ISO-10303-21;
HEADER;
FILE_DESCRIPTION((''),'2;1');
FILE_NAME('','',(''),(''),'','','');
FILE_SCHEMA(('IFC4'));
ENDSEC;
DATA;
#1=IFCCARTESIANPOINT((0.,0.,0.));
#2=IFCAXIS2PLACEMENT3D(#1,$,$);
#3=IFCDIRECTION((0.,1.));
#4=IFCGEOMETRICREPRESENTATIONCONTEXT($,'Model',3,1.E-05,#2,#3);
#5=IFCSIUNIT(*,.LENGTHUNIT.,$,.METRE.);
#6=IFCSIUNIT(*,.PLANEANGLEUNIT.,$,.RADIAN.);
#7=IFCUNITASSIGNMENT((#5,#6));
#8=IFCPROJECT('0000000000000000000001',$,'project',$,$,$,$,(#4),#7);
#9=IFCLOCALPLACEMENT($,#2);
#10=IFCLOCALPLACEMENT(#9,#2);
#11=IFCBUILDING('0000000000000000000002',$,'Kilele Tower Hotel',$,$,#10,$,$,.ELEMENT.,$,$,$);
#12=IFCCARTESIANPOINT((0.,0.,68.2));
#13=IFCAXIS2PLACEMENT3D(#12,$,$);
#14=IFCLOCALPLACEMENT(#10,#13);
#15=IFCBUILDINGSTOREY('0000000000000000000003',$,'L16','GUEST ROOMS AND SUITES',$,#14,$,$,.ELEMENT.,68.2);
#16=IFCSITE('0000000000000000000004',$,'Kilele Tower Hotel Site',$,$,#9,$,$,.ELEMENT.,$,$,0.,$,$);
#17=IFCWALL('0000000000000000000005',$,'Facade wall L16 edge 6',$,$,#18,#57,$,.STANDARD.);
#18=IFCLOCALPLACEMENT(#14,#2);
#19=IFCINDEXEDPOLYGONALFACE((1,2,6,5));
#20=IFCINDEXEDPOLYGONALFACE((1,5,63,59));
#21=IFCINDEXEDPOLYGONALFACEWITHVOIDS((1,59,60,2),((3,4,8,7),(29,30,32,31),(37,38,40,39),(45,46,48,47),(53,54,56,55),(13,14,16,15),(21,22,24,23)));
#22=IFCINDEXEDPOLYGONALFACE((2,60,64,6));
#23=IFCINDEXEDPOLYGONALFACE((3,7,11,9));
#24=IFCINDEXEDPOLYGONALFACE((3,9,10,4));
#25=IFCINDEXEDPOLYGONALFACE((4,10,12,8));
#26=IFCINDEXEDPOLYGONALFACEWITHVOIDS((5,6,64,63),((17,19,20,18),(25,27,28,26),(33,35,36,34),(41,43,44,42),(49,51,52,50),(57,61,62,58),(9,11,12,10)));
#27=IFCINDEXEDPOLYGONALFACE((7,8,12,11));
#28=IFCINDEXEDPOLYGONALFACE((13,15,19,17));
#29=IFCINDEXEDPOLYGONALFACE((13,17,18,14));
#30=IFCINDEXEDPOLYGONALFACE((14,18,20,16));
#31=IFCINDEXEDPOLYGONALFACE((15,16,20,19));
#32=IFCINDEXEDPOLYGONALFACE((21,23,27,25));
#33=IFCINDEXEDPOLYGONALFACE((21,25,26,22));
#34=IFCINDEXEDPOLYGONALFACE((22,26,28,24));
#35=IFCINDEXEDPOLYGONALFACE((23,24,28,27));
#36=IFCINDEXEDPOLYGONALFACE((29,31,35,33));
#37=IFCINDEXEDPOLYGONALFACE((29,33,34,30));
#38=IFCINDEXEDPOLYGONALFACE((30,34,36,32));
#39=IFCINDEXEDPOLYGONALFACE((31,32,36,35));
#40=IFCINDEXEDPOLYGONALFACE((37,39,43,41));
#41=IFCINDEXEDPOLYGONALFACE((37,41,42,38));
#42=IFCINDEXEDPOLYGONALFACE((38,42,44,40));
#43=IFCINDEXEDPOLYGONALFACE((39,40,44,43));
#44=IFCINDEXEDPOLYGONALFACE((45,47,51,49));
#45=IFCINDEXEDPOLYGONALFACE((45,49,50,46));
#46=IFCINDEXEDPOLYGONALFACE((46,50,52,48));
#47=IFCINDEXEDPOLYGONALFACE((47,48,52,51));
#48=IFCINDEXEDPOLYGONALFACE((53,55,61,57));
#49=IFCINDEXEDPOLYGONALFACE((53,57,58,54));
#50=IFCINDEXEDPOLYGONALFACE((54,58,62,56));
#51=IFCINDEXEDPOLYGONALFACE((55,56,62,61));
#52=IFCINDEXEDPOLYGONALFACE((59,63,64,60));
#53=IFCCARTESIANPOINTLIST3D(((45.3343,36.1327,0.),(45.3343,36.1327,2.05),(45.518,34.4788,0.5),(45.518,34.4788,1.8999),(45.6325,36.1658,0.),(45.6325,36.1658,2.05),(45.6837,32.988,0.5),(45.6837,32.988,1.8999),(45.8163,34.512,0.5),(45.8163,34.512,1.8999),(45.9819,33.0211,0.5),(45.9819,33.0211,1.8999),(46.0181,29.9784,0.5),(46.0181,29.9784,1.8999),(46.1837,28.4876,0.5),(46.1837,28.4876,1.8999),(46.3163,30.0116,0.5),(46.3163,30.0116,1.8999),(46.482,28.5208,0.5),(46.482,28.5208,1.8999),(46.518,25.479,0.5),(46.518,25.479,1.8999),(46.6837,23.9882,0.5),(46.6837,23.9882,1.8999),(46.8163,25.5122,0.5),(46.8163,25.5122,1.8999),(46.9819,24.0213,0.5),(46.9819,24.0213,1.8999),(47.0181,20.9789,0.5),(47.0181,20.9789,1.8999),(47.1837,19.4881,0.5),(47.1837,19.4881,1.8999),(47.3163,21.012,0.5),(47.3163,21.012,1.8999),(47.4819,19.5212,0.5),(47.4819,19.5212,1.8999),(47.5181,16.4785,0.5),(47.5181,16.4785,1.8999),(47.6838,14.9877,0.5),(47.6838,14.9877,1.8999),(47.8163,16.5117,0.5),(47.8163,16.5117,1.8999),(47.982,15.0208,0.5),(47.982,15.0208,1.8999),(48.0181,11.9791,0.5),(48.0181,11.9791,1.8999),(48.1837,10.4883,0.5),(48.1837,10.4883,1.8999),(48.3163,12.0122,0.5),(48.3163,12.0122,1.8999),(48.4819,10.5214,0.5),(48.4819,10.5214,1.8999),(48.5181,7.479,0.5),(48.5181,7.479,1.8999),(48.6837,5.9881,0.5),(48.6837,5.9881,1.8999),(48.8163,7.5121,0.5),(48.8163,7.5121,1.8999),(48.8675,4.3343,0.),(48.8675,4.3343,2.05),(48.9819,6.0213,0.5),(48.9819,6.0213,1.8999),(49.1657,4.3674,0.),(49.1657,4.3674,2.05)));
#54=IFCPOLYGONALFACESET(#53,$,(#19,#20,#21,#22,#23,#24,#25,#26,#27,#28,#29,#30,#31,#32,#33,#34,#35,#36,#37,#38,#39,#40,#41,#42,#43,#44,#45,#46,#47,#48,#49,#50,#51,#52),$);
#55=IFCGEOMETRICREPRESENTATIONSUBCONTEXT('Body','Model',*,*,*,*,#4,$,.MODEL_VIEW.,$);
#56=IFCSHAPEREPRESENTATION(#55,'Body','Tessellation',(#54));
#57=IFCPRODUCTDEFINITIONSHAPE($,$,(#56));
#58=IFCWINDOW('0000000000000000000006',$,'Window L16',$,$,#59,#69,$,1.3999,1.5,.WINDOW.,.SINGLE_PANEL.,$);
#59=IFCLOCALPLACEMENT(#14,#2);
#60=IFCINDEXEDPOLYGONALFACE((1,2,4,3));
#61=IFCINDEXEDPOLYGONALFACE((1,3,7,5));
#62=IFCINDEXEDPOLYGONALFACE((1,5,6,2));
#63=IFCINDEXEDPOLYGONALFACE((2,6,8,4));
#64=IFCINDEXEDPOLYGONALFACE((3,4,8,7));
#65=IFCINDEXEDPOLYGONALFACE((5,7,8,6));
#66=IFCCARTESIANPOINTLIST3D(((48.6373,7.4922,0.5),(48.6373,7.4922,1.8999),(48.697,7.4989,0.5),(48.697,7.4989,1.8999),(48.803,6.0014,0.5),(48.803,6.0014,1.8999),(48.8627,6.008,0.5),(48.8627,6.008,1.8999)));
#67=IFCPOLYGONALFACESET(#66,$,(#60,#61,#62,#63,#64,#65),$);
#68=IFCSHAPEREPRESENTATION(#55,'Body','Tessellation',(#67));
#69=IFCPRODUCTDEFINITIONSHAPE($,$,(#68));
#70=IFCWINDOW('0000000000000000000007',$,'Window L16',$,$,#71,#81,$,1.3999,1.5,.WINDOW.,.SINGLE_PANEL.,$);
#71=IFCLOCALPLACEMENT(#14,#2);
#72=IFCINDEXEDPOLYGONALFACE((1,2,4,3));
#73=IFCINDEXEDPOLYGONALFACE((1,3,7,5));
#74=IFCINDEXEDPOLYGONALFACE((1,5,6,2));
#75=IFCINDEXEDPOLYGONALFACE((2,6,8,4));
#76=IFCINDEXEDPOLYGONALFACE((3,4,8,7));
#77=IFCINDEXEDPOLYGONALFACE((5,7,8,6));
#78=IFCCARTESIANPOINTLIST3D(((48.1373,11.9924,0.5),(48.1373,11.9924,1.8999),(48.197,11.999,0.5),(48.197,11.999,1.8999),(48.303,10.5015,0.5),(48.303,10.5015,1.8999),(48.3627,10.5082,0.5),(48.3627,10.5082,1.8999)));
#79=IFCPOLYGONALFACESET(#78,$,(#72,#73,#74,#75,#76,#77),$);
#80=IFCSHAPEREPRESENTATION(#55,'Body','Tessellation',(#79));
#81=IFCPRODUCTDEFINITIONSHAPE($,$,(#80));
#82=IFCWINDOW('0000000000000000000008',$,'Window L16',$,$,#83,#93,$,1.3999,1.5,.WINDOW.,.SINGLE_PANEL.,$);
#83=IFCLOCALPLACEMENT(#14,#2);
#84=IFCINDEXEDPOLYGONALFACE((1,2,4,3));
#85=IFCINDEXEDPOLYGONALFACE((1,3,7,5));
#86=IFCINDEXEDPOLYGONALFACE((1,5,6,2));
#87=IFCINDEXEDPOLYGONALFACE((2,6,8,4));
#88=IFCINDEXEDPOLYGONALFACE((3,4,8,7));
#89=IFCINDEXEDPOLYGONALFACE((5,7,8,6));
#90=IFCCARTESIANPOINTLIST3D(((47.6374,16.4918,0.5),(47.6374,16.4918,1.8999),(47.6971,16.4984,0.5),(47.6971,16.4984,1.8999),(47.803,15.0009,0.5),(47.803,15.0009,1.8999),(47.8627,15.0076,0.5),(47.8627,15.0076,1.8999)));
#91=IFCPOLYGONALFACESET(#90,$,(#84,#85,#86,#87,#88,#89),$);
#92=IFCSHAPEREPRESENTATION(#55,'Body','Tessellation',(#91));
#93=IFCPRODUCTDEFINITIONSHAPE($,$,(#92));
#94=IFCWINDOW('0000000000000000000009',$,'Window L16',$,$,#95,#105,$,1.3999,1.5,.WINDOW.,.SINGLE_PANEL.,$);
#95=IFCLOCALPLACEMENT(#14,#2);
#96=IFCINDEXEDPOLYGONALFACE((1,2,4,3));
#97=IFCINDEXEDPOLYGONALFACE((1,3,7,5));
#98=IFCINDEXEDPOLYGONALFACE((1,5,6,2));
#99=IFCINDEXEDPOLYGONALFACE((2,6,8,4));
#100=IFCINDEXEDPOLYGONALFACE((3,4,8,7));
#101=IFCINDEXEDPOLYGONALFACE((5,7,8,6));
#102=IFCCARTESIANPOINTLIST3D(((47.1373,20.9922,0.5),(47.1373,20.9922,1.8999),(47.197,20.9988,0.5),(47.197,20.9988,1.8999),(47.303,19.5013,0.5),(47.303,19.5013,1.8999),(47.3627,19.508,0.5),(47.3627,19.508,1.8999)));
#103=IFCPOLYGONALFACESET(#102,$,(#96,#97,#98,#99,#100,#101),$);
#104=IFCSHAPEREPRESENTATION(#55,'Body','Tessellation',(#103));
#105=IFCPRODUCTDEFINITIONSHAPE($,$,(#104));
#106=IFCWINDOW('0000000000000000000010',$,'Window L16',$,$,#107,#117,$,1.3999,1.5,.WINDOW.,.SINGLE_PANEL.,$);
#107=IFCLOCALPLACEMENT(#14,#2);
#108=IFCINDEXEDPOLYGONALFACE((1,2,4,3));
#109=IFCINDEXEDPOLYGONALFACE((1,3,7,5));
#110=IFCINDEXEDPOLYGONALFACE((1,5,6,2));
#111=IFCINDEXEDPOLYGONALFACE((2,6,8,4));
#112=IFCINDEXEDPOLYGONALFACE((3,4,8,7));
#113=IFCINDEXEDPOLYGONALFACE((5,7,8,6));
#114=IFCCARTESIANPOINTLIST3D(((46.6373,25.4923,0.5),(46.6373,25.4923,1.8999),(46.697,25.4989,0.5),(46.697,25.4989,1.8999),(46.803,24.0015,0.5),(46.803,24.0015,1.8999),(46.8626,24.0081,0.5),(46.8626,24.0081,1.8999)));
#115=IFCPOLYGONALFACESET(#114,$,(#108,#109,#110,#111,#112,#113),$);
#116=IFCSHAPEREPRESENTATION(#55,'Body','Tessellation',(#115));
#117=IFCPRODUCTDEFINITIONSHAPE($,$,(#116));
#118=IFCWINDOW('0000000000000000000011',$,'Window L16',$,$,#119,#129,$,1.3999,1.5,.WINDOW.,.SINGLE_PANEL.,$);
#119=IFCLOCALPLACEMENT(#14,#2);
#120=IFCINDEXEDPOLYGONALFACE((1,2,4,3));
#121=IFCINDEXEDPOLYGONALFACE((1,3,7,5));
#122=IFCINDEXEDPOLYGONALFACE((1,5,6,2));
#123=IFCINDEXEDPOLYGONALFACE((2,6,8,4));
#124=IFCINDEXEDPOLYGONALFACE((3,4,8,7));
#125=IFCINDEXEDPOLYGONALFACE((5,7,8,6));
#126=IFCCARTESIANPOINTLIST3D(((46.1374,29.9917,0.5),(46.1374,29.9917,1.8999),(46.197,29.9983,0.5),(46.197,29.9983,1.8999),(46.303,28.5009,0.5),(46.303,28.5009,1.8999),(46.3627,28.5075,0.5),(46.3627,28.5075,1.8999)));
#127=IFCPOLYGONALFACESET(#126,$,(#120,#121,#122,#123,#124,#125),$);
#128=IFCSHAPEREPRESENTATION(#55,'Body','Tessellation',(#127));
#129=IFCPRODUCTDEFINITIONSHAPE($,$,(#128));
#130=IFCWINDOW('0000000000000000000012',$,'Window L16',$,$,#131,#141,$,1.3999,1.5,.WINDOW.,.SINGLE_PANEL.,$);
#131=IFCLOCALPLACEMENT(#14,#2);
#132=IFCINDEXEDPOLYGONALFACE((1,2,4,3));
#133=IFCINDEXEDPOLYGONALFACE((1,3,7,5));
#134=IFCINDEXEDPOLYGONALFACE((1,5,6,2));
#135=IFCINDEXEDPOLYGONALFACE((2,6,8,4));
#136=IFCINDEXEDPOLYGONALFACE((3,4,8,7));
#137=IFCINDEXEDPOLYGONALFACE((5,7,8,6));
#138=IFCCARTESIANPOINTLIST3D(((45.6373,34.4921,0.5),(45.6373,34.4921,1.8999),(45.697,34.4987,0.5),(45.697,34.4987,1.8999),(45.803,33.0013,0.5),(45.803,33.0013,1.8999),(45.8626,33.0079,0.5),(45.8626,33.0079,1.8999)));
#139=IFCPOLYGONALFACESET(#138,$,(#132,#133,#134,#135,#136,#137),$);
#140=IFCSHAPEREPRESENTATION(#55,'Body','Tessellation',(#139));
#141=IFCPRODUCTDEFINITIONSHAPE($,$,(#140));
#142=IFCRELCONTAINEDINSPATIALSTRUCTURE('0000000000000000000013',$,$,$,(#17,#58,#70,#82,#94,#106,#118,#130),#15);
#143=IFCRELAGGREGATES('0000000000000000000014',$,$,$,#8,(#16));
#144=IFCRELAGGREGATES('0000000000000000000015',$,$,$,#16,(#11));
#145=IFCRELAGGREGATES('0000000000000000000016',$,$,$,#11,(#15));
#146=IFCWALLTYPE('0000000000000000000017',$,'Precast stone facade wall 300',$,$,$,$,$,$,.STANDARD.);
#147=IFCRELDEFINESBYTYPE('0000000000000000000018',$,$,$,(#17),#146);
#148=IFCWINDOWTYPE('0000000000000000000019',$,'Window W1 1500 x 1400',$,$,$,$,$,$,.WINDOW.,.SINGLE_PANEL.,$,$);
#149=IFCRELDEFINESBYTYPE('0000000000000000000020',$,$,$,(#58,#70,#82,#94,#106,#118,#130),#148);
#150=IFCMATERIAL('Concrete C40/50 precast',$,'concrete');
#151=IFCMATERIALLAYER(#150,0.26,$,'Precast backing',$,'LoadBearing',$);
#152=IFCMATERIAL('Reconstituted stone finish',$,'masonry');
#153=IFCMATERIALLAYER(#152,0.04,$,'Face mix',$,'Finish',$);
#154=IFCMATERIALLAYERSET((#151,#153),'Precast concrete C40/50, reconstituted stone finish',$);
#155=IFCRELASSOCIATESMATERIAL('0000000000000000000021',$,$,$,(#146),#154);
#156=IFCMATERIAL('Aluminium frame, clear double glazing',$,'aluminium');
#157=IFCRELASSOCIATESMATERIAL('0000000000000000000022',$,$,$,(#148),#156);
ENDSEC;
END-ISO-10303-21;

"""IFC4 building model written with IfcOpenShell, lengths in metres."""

from ifc_helpers import new_model, si_unit, direction, frame, frame_2d, origin, place, context, subcontext, project, spatial, rectangle, extrude, material, layer, layer_set, type_object, element, fill, save


model = new_model("IFC4")

# Units and contexts
model_context = context("Model", 3, precision=1e-05, world=origin(), true_north=direction((0.0, 1.0)))
body_context = subcontext(model_context, "Body", "Model", "MODEL_VIEW")
ifc_project = project(units=[si_unit("LENGTHUNIT", "METRE"), si_unit("PLANEANGLEUNIT", "RADIAN")], contexts=[model_context])

# Site, building, storey
site_placement = place(None, origin())
site = spatial("IfcSite", under=ifc_project, at=site_placement, Name="Kilele Tower Hotel Site", CompositionType="ELEMENT", RefElevation=0.0)
building_placement = place(site_placement, origin())
building = spatial("IfcBuilding", under=site, at=building_placement, Name="Kilele Tower Hotel", CompositionType="ELEMENT")
storey_placement = place(building_placement, frame((0.0, 0.0, 68.2)))
storey = spatial("IfcBuildingStorey", under=building, at=storey_placement, Name="L16", Description="GUEST ROOMS AND SUITES", CompositionType="ELEMENT", Elevation=68.2)

# Shared definitions
ifc_material_1 = material(Name="Concrete C40/50 precast", Category="concrete")
ifc_layer_1 = layer(ifc_material_1, 0.26, Name="Precast backing", Category="LoadBearing")
ifc_material_2 = material(Name="Reconstituted stone finish", Category="masonry")
ifc_layer_2 = layer(ifc_material_2, 0.04, Name="Face mix", Category="Finish")
ifc_layer_set_1 = layer_set([ifc_layer_1, ifc_layer_2], Name="Precast concrete C40/50, reconstituted stone finish")
wall_type_1 = type_object("IfcWallType", Name="Precast stone facade wall 300", PredefinedType="STANDARD", material=ifc_layer_set_1)
ifc_material_3 = material(Name="Aluminium frame, clear double glazing", Category="aluminium")
window_type = type_object("IfcWindowType", Name="Window W1 1500 x 1400", PartitioningType="SINGLE_PANEL", PredefinedType="WINDOW", material=ifc_material_3)

# Wall, openings, windows
wall_1_placement = place(storey_placement, frame((49.0166, 4.3508, 0.0), z_axis=(0.0, 0.0, 1.0), x_axis=(-0.110433, 0.993884, 0.0)))
wall_1 = element("IfcWall", 1, at=wall_1_placement, inside=storey, type_object=wall_type_1, Name="Facade wall L16 edge 6", PredefinedType="STANDARD", context=body_context, shape_type="SweptSolid", body=[
    extrude(rectangle(XDim=31.9941, YDim=0.3, at=frame_2d((15.9971, 0.0))), origin(), (0.0, 0.0, 1.0), 2.05),
])
opening_1_placement = place(wall_1_placement, frame((1.6641, 0.0, 0.5)))
opening_1 = element("IfcOpeningElement", 2, at=opening_1_placement, cuts=wall_1, PredefinedType="OPENING", context=body_context, shape_type="SweptSolid", body=[
    extrude(rectangle(XDim=1.5, YDim=1.3999, at=frame_2d((0.75, 0.7))), frame((0.0, 0.1599, 0.0), z_axis=(0.0, -1.0, 0.0), x_axis=(1.0, 0.0, 0.0)), (0.0, 0.0, 1.0), 0.3201),
])
opening_2_placement = place(wall_1_placement, frame((6.1919, 0.0, 0.5)))
opening_2 = element("IfcOpeningElement", 3, at=opening_2_placement, cuts=wall_1, PredefinedType="OPENING", context=body_context, shape_type="SweptSolid", body=[
    extrude(rectangle(XDim=1.5, YDim=1.3999, at=frame_2d((0.75, 0.7))), frame((0.0, 0.1599, 0.0), z_axis=(0.0, -1.0, 0.0), x_axis=(1.0, 0.0, 0.0)), (0.0, 0.0, 1.0), 0.3201),
])
opening_3_placement = place(wall_1_placement, frame((10.719, 0.0, 0.5)))
opening_3 = element("IfcOpeningElement", 4, at=opening_3_placement, cuts=wall_1, PredefinedType="OPENING", context=body_context, shape_type="SweptSolid", body=[
    extrude(rectangle(XDim=1.5, YDim=1.3999, at=frame_2d((0.75, 0.7))), frame((0.0, 0.1599, 0.0), z_axis=(0.0, -1.0, 0.0), x_axis=(1.0, 0.0, 0.0)), (0.0, 0.0, 1.0), 0.3201),
])
opening_4_placement = place(wall_1_placement, frame((15.2471, 0.0, 0.5)))
opening_4 = element("IfcOpeningElement", 5, at=opening_4_placement, cuts=wall_1, PredefinedType="OPENING", context=body_context, shape_type="SweptSolid", body=[
    extrude(rectangle(XDim=1.5, YDim=1.3999, at=frame_2d((0.75, 0.7))), frame((0.0, 0.1599, 0.0), z_axis=(0.0, -1.0, 0.0), x_axis=(1.0, 0.0, 0.0)), (0.0, 0.0, 1.0), 0.3201),
])
opening_5_placement = place(wall_1_placement, frame((19.7749, 0.0, 0.5)))
opening_5 = element("IfcOpeningElement", 6, at=opening_5_placement, cuts=wall_1, PredefinedType="OPENING", context=body_context, shape_type="SweptSolid", body=[
    extrude(rectangle(XDim=1.5, YDim=1.3999, at=frame_2d((0.75, 0.7))), frame((0.0, 0.1599, 0.0), z_axis=(0.0, -1.0, 0.0), x_axis=(1.0, 0.0, 0.0)), (0.0, 0.0, 1.0), 0.3201),
])
opening_6_placement = place(wall_1_placement, frame((24.302, 0.0, 0.5)))
opening_6 = element("IfcOpeningElement", 7, at=opening_6_placement, cuts=wall_1, PredefinedType="OPENING", context=body_context, shape_type="SweptSolid", body=[
    extrude(rectangle(XDim=1.5, YDim=1.3999, at=frame_2d((0.75, 0.7))), frame((0.0, 0.1599, 0.0), z_axis=(0.0, -1.0, 0.0), x_axis=(1.0, 0.0, 0.0)), (0.0, 0.0, 1.0), 0.3201),
])
opening_7_placement = place(wall_1_placement, frame((28.8301, 0.0, 0.5)))
opening_7 = element("IfcOpeningElement", 8, at=opening_7_placement, cuts=wall_1, PredefinedType="OPENING", context=body_context, shape_type="SweptSolid", body=[
    extrude(rectangle(XDim=1.5, YDim=1.3999, at=frame_2d((0.75, 0.7))), frame((0.0, 0.1599, 0.0), z_axis=(0.0, -1.0, 0.0), x_axis=(1.0, 0.0, 0.0)), (0.0, 0.0, 1.0), 0.3201),
])
window_1_placement = place(opening_1_placement, origin())
window_1 = element("IfcWindow", 9, at=window_1_placement, inside=storey, type_object=window_type, Name="Window L16", OverallHeight=1.3999, OverallWidth=1.5, PartitioningType="SINGLE_PANEL", PredefinedType="WINDOW", context=body_context, shape_type="SweptSolid", body=[
    extrude(rectangle(XDim=1.5, YDim=1.3999, at=frame_2d((0.75, 0.7))), frame((0.0, 0.03, 0.0), z_axis=(0.0, -1.0, 0.0), x_axis=(1.0, 0.0, 0.0)), (0.0, 0.0, 1.0), 0.0601),
])
fill(opening_1, window_1)
window_2_placement = place(opening_2_placement, origin())
window_2 = element("IfcWindow", 10, at=window_2_placement, inside=storey, type_object=window_type, Name="Window L16", OverallHeight=1.3999, OverallWidth=1.5, PartitioningType="SINGLE_PANEL", PredefinedType="WINDOW", context=body_context, shape_type="SweptSolid", body=[
    extrude(rectangle(XDim=1.5, YDim=1.3999, at=frame_2d((0.75, 0.7))), frame((0.0, 0.03, 0.0), z_axis=(0.0, -1.0, 0.0), x_axis=(1.0, 0.0, 0.0)), (0.0, 0.0, 1.0), 0.0601),
])
fill(opening_2, window_2)
window_3_placement = place(opening_3_placement, origin())
window_3 = element("IfcWindow", 11, at=window_3_placement, inside=storey, type_object=window_type, Name="Window L16", OverallHeight=1.3999, OverallWidth=1.5, PartitioningType="SINGLE_PANEL", PredefinedType="WINDOW", context=body_context, shape_type="SweptSolid", body=[
    extrude(rectangle(XDim=1.5, YDim=1.3999, at=frame_2d((0.75, 0.7))), frame((0.0, 0.03, 0.0), z_axis=(0.0, -1.0, 0.0), x_axis=(1.0, 0.0, 0.0)), (0.0, 0.0, 1.0), 0.0601),
])
fill(opening_3, window_3)
window_4_placement = place(opening_4_placement, origin())
window_4 = element("IfcWindow", 12, at=window_4_placement, inside=storey, type_object=window_type, Name="Window L16", OverallHeight=1.3999, OverallWidth=1.5, PartitioningType="SINGLE_PANEL", PredefinedType="WINDOW", context=body_context, shape_type="SweptSolid", body=[
    extrude(rectangle(XDim=1.5, YDim=1.3999, at=frame_2d((0.75, 0.7))), frame((0.0, 0.03, 0.0), z_axis=(0.0, -1.0, 0.0), x_axis=(1.0, 0.0, 0.0)), (0.0, 0.0, 1.0), 0.0601),
])
fill(opening_4, window_4)
window_5_placement = place(opening_5_placement, origin())
window_5 = element("IfcWindow", 13, at=window_5_placement, inside=storey, type_object=window_type, Name="Window L16", OverallHeight=1.3999, OverallWidth=1.5, PartitioningType="SINGLE_PANEL", PredefinedType="WINDOW", context=body_context, shape_type="SweptSolid", body=[
    extrude(rectangle(XDim=1.5, YDim=1.3999, at=frame_2d((0.75, 0.7))), frame((0.0, 0.03, 0.0), z_axis=(0.0, -1.0, 0.0), x_axis=(1.0, 0.0, 0.0)), (0.0, 0.0, 1.0), 0.0601),
])
fill(opening_5, window_5)
window_6_placement = place(opening_6_placement, origin())
window_6 = element("IfcWindow", 14, at=window_6_placement, inside=storey, type_object=window_type, Name="Window L16", OverallHeight=1.3999, OverallWidth=1.5, PartitioningType="SINGLE_PANEL", PredefinedType="WINDOW", context=body_context, shape_type="SweptSolid", body=[
    extrude(rectangle(XDim=1.5, YDim=1.3999, at=frame_2d((0.75, 0.7))), frame((0.0, 0.03, 0.0), z_axis=(0.0, -1.0, 0.0), x_axis=(1.0, 0.0, 0.0)), (0.0, 0.0, 1.0), 0.0601),
])
fill(opening_6, window_6)
window_7_placement = place(opening_7_placement, origin())
window_7 = element("IfcWindow", 15, at=window_7_placement, inside=storey, type_object=window_type, Name="Window L16", OverallHeight=1.3999, OverallWidth=1.5, PartitioningType="SINGLE_PANEL", PredefinedType="WINDOW", context=body_context, shape_type="SweptSolid", body=[
    extrude(rectangle(XDim=1.5, YDim=1.3999, at=frame_2d((0.75, 0.7))), frame((0.0, 0.03, 0.0), z_axis=(0.0, -1.0, 0.0), x_axis=(1.0, 0.0, 0.0)), (0.0, 0.0, 1.0), 0.0601),
])
fill(opening_7, window_7)

save(model, "model.ifc")
